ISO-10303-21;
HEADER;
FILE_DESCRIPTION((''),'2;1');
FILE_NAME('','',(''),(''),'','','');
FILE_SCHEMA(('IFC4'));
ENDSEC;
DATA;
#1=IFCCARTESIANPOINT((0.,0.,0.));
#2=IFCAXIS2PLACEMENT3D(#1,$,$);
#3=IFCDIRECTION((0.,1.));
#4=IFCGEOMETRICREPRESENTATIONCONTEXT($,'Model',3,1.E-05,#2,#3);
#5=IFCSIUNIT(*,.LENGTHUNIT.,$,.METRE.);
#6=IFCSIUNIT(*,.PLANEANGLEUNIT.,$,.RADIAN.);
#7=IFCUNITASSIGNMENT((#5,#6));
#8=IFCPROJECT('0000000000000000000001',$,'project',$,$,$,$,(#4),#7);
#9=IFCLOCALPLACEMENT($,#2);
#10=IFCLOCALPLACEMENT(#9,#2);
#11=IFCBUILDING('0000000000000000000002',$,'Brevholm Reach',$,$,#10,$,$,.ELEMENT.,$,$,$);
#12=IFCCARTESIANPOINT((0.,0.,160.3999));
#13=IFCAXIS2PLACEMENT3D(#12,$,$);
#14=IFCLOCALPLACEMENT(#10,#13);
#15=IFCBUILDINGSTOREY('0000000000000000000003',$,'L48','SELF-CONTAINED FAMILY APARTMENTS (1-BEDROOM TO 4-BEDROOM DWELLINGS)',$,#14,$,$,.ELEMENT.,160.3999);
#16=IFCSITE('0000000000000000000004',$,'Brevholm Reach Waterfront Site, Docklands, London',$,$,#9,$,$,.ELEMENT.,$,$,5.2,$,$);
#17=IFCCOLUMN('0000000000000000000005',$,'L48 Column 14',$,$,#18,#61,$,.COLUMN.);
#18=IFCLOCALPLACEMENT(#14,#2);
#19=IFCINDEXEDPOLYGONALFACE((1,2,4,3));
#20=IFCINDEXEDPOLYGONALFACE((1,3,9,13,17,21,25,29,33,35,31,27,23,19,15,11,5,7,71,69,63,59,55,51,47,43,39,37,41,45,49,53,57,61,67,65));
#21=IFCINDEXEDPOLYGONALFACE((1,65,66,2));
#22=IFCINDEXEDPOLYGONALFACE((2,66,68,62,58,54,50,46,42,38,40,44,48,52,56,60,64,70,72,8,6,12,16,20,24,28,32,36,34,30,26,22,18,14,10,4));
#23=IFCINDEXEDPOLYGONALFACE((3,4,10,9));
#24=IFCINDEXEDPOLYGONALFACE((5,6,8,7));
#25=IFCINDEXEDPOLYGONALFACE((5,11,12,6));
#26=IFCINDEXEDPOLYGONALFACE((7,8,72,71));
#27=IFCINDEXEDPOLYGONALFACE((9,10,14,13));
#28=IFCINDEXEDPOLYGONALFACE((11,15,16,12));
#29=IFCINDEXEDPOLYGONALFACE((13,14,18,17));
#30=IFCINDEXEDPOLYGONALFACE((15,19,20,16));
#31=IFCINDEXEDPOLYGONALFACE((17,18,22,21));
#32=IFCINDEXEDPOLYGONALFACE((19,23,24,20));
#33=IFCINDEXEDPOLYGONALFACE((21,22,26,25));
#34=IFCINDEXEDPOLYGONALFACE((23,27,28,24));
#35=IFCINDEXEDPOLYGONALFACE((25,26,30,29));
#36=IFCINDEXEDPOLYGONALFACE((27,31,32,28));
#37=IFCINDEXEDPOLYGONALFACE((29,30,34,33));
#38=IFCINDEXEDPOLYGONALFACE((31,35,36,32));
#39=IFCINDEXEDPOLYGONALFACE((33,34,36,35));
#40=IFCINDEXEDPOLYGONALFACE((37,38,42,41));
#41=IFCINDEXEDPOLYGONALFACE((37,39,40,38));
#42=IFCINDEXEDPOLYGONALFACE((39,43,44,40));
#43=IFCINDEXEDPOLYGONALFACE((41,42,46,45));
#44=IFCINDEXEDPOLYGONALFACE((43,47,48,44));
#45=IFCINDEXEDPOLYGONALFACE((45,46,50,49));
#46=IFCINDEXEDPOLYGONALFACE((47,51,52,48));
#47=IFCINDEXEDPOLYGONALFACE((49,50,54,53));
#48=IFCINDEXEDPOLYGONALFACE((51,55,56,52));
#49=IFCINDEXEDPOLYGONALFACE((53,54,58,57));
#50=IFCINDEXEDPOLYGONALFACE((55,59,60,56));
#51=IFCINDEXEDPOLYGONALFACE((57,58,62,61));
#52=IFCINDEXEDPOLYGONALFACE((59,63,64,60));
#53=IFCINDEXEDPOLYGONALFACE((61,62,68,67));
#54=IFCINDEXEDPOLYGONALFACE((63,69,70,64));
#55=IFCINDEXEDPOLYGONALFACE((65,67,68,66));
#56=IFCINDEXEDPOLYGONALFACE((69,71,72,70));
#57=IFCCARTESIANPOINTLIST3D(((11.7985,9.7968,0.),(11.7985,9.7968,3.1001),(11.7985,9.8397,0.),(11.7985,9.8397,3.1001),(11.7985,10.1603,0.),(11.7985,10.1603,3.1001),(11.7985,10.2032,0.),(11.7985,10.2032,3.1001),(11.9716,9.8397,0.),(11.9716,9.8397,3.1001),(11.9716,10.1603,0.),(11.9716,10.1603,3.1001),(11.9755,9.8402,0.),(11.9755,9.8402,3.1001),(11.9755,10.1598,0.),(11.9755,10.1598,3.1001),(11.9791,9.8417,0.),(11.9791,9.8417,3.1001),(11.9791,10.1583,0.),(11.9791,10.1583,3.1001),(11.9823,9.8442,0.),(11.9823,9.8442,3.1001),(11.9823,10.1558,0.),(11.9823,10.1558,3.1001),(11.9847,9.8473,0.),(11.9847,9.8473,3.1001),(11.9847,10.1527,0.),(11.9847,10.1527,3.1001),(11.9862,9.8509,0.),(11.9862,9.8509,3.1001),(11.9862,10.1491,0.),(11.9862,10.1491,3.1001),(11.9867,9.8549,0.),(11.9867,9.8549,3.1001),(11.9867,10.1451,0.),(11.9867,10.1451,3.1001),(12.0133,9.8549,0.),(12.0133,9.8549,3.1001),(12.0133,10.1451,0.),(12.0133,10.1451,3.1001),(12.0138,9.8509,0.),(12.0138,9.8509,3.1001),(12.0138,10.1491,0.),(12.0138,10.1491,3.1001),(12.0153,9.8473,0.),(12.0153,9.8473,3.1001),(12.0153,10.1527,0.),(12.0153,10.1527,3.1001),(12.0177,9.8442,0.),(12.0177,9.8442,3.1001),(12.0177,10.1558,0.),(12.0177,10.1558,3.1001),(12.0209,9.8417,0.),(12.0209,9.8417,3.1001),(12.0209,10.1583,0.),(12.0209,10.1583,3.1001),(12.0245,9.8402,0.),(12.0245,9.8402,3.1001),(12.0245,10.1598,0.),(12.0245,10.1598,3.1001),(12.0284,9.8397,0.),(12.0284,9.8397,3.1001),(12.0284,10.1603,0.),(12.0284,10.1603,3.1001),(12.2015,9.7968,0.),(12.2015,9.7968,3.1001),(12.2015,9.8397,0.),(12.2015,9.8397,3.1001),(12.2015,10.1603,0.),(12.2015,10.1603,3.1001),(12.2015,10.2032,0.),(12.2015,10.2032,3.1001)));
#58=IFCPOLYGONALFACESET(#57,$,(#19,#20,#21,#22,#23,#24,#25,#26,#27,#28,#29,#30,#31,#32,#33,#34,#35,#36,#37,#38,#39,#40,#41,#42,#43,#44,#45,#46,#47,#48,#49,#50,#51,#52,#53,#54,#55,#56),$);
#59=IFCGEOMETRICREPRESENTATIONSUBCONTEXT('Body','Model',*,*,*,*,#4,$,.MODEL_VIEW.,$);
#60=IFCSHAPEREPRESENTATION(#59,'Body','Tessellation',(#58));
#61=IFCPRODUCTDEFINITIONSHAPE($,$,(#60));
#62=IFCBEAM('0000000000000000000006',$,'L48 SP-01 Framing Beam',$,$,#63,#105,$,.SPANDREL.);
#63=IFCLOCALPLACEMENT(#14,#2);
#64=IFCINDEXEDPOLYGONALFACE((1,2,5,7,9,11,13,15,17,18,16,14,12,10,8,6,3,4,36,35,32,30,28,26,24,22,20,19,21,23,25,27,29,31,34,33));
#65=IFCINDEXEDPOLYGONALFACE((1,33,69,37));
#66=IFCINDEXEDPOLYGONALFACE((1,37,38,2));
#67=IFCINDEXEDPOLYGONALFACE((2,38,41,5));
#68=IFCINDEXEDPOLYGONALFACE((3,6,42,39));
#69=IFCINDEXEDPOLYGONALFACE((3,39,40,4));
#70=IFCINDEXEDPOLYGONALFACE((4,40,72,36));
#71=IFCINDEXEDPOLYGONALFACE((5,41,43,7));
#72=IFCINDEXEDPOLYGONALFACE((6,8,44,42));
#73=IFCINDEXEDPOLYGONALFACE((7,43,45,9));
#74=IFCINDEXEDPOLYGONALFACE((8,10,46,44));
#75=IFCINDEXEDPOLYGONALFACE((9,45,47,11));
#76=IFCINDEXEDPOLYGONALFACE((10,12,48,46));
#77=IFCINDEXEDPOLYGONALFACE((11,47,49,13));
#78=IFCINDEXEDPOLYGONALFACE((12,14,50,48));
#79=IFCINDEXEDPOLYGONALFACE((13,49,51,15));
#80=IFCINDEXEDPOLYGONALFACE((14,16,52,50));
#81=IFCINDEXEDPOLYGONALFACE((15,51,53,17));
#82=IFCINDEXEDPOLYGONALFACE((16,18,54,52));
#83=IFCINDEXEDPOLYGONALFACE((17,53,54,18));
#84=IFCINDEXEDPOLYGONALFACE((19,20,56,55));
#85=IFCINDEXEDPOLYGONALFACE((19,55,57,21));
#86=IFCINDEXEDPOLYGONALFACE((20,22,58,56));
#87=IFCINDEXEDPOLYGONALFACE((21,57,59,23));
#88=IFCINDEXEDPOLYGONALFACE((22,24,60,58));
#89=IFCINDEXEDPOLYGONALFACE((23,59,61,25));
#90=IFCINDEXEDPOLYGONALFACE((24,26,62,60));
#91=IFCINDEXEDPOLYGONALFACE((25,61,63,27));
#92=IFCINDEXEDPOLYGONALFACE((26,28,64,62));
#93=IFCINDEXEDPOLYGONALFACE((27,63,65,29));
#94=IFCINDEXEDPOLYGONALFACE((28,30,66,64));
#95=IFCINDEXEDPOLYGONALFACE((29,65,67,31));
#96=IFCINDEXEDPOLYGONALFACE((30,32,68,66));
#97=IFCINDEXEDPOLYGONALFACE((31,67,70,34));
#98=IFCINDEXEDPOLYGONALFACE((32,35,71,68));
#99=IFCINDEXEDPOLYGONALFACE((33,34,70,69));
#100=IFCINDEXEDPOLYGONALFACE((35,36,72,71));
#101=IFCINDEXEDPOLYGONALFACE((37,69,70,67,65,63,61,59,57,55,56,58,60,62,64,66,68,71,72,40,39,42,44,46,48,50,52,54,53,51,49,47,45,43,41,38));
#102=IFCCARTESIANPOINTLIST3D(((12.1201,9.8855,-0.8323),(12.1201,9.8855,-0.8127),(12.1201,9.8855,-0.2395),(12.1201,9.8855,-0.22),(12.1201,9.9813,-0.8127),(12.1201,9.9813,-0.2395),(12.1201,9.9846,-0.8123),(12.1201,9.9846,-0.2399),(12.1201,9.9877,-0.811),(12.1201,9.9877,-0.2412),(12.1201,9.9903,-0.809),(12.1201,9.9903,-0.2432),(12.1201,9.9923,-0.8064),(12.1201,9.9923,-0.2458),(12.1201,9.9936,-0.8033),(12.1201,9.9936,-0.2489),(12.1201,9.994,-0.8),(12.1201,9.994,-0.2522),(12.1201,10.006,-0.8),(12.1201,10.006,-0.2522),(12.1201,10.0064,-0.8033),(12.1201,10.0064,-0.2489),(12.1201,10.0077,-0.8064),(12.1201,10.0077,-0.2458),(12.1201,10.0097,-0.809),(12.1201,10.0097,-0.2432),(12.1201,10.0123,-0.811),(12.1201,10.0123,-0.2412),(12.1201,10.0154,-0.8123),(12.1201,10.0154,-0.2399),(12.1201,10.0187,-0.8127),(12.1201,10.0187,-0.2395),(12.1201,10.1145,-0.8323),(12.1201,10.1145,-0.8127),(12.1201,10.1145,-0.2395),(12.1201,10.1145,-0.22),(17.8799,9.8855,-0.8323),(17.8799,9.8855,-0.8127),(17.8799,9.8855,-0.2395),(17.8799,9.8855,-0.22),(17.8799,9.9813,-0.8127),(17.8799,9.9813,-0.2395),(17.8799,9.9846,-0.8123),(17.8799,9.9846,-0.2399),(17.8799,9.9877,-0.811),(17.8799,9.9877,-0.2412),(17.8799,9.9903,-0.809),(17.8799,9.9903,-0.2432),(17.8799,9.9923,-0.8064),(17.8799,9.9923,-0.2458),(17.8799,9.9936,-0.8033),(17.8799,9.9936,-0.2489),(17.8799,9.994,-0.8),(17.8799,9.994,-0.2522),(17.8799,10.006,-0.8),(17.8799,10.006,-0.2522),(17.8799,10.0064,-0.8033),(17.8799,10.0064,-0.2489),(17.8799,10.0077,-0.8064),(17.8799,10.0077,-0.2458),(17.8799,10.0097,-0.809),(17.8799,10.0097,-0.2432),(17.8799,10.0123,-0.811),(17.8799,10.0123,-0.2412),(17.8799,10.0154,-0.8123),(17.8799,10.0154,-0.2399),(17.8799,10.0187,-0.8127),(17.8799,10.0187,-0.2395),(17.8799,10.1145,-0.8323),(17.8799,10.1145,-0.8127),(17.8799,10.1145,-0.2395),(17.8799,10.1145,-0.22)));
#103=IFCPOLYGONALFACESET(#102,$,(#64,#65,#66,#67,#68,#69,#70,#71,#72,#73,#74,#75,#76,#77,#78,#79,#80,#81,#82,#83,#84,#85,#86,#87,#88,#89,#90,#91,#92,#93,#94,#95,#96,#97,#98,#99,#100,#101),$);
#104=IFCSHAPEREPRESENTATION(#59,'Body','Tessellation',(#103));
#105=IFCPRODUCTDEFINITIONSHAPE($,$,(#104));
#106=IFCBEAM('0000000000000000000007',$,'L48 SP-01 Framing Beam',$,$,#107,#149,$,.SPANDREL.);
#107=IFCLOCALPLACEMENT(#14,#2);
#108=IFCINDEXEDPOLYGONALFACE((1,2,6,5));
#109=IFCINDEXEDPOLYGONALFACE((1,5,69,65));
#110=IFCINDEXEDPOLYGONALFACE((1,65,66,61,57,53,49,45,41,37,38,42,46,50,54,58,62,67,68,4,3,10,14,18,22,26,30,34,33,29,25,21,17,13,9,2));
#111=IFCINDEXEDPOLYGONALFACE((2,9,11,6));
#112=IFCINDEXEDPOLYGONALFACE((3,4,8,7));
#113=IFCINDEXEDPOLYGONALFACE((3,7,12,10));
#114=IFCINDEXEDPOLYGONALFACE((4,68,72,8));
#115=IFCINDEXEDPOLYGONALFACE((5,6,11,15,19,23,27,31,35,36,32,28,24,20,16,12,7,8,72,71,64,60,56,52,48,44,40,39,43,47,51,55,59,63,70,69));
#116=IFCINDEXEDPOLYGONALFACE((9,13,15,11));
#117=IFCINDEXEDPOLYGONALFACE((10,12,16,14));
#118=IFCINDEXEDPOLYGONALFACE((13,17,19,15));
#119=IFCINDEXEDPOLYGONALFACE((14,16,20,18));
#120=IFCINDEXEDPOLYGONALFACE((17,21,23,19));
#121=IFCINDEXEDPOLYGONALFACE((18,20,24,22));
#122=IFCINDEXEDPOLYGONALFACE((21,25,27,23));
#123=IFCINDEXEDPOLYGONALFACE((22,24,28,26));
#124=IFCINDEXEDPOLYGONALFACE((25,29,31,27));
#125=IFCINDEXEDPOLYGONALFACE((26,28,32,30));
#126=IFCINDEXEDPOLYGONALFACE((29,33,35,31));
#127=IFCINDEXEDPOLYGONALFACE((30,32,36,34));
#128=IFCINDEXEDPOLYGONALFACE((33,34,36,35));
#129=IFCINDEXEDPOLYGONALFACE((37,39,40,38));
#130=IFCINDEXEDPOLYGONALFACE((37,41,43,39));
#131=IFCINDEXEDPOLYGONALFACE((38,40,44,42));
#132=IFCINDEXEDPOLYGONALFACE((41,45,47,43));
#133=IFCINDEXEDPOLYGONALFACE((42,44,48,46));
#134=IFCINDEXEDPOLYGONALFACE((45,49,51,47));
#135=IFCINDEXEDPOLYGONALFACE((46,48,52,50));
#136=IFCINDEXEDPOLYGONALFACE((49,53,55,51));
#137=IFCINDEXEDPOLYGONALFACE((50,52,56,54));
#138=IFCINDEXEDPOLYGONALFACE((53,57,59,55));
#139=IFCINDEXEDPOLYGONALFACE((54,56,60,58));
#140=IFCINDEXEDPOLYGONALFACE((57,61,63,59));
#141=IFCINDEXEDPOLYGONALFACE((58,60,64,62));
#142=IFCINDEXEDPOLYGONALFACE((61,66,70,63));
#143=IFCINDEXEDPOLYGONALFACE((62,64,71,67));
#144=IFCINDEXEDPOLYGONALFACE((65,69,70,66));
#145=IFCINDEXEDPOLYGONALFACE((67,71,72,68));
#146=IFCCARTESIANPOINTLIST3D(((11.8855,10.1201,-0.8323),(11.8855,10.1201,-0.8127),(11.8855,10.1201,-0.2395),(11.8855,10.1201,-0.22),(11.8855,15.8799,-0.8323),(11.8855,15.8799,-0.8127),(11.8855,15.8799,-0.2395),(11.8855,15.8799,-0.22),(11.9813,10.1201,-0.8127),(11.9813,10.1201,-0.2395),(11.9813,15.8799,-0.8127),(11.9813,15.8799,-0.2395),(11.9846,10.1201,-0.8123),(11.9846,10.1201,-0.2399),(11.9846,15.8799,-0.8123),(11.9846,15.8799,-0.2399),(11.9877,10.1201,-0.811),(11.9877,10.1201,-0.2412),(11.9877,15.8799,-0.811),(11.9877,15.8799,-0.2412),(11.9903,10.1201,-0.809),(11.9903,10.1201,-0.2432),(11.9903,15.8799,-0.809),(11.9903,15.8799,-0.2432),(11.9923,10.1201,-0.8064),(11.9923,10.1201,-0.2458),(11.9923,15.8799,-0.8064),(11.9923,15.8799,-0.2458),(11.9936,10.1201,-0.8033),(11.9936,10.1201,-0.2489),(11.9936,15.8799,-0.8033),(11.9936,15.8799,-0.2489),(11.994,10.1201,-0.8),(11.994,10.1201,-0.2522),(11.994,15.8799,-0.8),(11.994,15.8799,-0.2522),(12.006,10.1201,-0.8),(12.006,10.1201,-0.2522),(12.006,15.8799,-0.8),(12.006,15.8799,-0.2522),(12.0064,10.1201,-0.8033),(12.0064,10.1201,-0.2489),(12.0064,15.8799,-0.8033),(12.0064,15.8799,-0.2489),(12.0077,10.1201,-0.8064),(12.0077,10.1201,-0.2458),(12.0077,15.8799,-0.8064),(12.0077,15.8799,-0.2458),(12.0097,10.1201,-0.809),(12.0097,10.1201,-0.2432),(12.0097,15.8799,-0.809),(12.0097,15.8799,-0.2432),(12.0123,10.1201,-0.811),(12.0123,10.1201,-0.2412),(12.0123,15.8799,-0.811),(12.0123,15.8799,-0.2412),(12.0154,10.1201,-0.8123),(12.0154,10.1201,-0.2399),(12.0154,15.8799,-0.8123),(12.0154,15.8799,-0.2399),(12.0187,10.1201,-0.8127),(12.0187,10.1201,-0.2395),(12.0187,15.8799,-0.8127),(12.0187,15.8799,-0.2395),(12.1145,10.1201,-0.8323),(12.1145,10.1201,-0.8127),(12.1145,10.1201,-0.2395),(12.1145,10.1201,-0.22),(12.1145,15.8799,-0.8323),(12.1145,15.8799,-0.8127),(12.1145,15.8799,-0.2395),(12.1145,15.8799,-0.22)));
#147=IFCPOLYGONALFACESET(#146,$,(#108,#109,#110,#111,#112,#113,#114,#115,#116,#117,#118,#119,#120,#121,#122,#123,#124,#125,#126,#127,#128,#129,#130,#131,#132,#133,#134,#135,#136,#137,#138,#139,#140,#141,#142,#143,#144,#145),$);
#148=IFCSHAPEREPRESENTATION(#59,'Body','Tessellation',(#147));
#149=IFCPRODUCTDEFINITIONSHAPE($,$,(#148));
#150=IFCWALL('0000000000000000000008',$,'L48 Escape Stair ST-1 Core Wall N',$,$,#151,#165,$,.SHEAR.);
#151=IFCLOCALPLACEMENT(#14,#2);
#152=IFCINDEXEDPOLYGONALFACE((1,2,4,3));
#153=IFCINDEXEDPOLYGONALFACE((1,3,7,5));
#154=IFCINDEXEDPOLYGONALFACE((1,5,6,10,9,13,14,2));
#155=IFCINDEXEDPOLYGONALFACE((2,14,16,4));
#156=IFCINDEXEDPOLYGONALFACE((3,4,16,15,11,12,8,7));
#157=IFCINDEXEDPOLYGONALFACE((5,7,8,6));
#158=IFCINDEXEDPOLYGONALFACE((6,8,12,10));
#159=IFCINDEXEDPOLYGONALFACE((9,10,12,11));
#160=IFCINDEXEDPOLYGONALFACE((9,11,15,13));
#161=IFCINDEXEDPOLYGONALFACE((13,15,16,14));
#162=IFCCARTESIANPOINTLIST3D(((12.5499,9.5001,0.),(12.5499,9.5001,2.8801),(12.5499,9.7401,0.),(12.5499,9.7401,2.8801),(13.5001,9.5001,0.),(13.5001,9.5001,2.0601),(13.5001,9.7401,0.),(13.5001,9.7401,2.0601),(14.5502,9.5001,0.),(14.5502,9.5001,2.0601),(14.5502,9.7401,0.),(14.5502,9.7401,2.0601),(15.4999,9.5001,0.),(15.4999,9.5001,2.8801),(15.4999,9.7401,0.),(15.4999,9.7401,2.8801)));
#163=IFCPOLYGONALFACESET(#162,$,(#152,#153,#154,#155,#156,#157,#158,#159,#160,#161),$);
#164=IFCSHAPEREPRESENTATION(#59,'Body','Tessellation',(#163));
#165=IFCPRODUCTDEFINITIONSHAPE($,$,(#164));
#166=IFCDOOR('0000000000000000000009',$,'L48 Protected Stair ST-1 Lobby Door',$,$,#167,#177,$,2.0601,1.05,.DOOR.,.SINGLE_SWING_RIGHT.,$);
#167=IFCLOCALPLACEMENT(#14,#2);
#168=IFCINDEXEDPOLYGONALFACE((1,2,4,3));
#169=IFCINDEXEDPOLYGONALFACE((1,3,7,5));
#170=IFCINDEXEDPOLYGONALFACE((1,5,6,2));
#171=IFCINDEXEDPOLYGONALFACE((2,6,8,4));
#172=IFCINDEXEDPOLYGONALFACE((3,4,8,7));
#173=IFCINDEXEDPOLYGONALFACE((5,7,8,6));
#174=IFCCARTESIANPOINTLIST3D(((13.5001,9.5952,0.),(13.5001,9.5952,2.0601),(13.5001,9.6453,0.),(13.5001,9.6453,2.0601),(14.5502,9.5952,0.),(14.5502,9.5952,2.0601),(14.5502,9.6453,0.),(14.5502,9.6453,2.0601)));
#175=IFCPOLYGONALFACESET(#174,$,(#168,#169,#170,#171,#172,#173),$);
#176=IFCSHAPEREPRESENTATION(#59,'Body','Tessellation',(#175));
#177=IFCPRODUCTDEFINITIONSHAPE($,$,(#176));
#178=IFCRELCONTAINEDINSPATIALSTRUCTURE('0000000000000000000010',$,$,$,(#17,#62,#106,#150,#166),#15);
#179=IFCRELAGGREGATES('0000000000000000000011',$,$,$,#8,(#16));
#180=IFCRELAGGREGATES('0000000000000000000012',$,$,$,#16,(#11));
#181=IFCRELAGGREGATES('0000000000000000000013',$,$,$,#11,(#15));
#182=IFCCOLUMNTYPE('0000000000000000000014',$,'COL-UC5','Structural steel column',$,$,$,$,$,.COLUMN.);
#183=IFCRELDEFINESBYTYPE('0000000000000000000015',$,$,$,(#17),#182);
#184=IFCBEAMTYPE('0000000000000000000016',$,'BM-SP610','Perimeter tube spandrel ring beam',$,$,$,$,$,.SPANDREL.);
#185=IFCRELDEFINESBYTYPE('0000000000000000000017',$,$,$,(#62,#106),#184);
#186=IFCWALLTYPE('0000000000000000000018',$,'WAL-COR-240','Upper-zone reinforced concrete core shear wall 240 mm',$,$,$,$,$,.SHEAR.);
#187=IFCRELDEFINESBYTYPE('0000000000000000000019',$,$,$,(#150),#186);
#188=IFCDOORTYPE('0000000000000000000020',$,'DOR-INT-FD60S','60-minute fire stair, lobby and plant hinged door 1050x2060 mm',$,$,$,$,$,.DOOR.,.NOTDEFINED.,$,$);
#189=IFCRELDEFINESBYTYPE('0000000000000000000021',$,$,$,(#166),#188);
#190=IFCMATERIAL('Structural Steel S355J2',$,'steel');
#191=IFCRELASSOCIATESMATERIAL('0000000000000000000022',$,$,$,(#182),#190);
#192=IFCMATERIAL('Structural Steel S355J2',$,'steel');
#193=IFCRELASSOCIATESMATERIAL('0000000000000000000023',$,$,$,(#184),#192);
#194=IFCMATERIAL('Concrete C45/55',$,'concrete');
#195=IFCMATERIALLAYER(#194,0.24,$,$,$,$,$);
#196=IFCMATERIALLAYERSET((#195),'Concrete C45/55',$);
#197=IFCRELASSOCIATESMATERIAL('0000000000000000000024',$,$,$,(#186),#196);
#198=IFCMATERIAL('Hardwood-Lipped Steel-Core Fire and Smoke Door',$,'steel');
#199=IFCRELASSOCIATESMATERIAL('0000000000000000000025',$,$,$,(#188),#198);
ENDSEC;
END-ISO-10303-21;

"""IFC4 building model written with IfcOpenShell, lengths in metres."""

from ifc_helpers import new_model, si_unit, direction, frame, frame_2d, origin, origin_2d, place, context, subcontext, project, spatial, rectangle, i_section, extrude, material, layer, layer_set, material_profile, profile_set, type_object, element, fill, save


model = new_model("IFC4")

# Units and contexts
model_context = context("Model", 3, precision=1e-05, world=origin(), true_north=direction((0.0, 1.0)))
body_context = subcontext(model_context, "Body", "Model", "MODEL_VIEW")
ifc_project = project(units=[si_unit("LENGTHUNIT", "METRE"), si_unit("PLANEANGLEUNIT", "RADIAN")], contexts=[model_context])

# Site, building, storey
site_placement = place(None, origin())
site = spatial("IfcSite", under=ifc_project, at=site_placement, Name="Brevholm Reach Waterfront Site, Docklands, London", CompositionType="ELEMENT", RefElevation=5.2)
building_placement = place(site_placement, origin())
building = spatial("IfcBuilding", under=site, at=building_placement, Name="Brevholm Reach", CompositionType="ELEMENT")
storey_placement = place(building_placement, frame((0.0, 0.0, 160.3999)))
storey = spatial("IfcBuildingStorey", under=building, at=storey_placement, Name="L48", Description="SELF-CONTAINED FAMILY APARTMENTS (1-BEDROOM TO 4-BEDROOM DWELLINGS)", CompositionType="ELEMENT", Elevation=160.3999)

# Column
ifc_material_1 = material(Name="Structural Steel S355J2", Category="steel")
ifc_material_profile_1 = material_profile(ifc_material_1, i_section(OverallWidth=0.4031, OverallDepth=0.4065, WebThickness=0.0266, FlangeThickness=0.043, FilletRadius=0.0151, at=origin_2d()), Name="UKC 356x406x340")
ifc_profile_set_1 = profile_set([ifc_material_profile_1], Name="Structural Steel S355J2")
column_type = type_object("IfcColumnType", Name="COL-UC5", Description="Structural steel column", PredefinedType="COLUMN", material=ifc_profile_set_1)
column_placement = place(storey_placement, frame((12.0, 10.0, 0.0), z_axis=(0.0, 0.0, 1.0), x_axis=(1.0, 0.0, 0.0)))
element("IfcColumn", 1, at=column_placement, inside=storey, type_object=column_type, Name="L48 Column 14", PredefinedType="COLUMN", context=body_context, shape_type="SweptSolid", body=[
    extrude(i_section(OverallWidth=0.4031, OverallDepth=0.4065, WebThickness=0.0266, FlangeThickness=0.043, FilletRadius=0.0151, at=origin_2d()), origin(), (0.0, 0.0, 1.0), 3.1001),
])

# Beams
ifc_material_2 = material(Name="Structural Steel S355J2", Category="steel")
ifc_material_profile_2 = material_profile(ifc_material_2, i_section(OverallWidth=0.229, OverallDepth=0.6123, WebThickness=0.012, FlangeThickness=0.0195, FilletRadius=0.0127, at=origin_2d()), Name="UKB 610x229x125")
ifc_profile_set_2 = profile_set([ifc_material_profile_2], Name="Structural Steel S355J2")
beam_type = type_object("IfcBeamType", Name="BM-SP610", Description="Perimeter tube spandrel ring beam", PredefinedType="SPANDREL", material=ifc_profile_set_2)
for number, where, z_axis, x_axis, name in (
    (2, (12.1201, 10.0, -0.5261), (1.0, 0.0, 0.0), (0.0, 1.0, 0.0), "L48 SP-01 Framing Beam"),
    (3, (12.0, 10.1201, -0.5261), (0.0, 1.0, 0.0), (-1.0, 0.0, 0.0), "L48 SP-01 Framing Beam"),
):
    element("IfcBeam", number, at=place(storey_placement, frame(where, z_axis=z_axis, x_axis=x_axis)), inside=storey, type_object=beam_type, Name=name, PredefinedType="SPANDREL", context=body_context, shape_type="SweptSolid", body=[
        extrude(i_section(OverallWidth=0.229, OverallDepth=0.6123, WebThickness=0.012, FlangeThickness=0.0195, FilletRadius=0.0127, at=origin_2d()), origin(), (0.0, 0.0, 1.0), 5.7598),
    ])

# Wall, opening, door
ifc_material_3 = material(Name="Concrete C45/55", Category="concrete")
ifc_layer_1 = layer(ifc_material_3, 0.24)
ifc_layer_set_1 = layer_set([ifc_layer_1], Name="Concrete C45/55")
wall_type_1 = type_object("IfcWallType", Name="WAL-COR-240", Description="Upper-zone reinforced concrete core shear wall 240 mm", PredefinedType="SHEAR", material=ifc_layer_set_1)
wall_1_placement = place(storey_placement, frame((15.5, 9.6201, 0.0), z_axis=(0.0, 0.0, 1.0), x_axis=(-1.0, 0.0, 0.0)))
wall_1 = element("IfcWall", 4, at=wall_1_placement, inside=storey, type_object=wall_type_1, Name="L48 Escape Stair ST-1 Core Wall N", PredefinedType="SHEAR", context=body_context, shape_type="SweptSolid", body=[
    extrude(rectangle(XDim=2.95, YDim=0.24, at=frame_2d((1.4751, 0.0))), origin(), (0.0, 0.0, 1.0), 2.8801),
])
opening_1_placement = place(wall_1_placement, frame((0.95, 0.0, 0.0)))
opening_1 = element("IfcOpeningElement", 5, at=opening_1_placement, cuts=wall_1, PredefinedType="OPENING", context=body_context, shape_type="SweptSolid", body=[
    extrude(rectangle(XDim=1.05, YDim=2.0601, at=frame_2d((0.5249, 1.03))), frame((0.0, 0.1299, 0.0), z_axis=(0.0, -1.0, 0.0), x_axis=(1.0, 0.0, 0.0)), (0.0, 0.0, 1.0), 0.26),
])
ifc_material_4 = material(Name="Hardwood-Lipped Steel-Core Fire and Smoke Door", Category="steel")
door_type_1 = type_object("IfcDoorType", Name="DOR-INT-FD60S", Description="60-minute fire stair, lobby and plant hinged door 1050x2060 mm", OperationType="NOTDEFINED", PredefinedType="DOOR", material=ifc_material_4)
door_1_placement = place(opening_1_placement, origin())
door_1 = element("IfcDoor", 6, at=door_1_placement, inside=storey, type_object=door_type_1, Name="L48 Protected Stair ST-1 Lobby Door", OperationType="SINGLE_SWING_RIGHT", OverallHeight=2.0601, OverallWidth=1.05, PredefinedType="DOOR", context=body_context, shape_type="SweptSolid", body=[
    extrude(rectangle(XDim=1.05, YDim=2.0601, at=frame_2d((0.5249, 1.03))), frame((0.0, 0.0249, 0.0), z_axis=(0.0, -1.0, 0.0), x_axis=(1.0, 0.0, 0.0)), (0.0, 0.0, 1.0), 0.05),
])
fill(opening_1, door_1)

save(model, "model.ifc")
